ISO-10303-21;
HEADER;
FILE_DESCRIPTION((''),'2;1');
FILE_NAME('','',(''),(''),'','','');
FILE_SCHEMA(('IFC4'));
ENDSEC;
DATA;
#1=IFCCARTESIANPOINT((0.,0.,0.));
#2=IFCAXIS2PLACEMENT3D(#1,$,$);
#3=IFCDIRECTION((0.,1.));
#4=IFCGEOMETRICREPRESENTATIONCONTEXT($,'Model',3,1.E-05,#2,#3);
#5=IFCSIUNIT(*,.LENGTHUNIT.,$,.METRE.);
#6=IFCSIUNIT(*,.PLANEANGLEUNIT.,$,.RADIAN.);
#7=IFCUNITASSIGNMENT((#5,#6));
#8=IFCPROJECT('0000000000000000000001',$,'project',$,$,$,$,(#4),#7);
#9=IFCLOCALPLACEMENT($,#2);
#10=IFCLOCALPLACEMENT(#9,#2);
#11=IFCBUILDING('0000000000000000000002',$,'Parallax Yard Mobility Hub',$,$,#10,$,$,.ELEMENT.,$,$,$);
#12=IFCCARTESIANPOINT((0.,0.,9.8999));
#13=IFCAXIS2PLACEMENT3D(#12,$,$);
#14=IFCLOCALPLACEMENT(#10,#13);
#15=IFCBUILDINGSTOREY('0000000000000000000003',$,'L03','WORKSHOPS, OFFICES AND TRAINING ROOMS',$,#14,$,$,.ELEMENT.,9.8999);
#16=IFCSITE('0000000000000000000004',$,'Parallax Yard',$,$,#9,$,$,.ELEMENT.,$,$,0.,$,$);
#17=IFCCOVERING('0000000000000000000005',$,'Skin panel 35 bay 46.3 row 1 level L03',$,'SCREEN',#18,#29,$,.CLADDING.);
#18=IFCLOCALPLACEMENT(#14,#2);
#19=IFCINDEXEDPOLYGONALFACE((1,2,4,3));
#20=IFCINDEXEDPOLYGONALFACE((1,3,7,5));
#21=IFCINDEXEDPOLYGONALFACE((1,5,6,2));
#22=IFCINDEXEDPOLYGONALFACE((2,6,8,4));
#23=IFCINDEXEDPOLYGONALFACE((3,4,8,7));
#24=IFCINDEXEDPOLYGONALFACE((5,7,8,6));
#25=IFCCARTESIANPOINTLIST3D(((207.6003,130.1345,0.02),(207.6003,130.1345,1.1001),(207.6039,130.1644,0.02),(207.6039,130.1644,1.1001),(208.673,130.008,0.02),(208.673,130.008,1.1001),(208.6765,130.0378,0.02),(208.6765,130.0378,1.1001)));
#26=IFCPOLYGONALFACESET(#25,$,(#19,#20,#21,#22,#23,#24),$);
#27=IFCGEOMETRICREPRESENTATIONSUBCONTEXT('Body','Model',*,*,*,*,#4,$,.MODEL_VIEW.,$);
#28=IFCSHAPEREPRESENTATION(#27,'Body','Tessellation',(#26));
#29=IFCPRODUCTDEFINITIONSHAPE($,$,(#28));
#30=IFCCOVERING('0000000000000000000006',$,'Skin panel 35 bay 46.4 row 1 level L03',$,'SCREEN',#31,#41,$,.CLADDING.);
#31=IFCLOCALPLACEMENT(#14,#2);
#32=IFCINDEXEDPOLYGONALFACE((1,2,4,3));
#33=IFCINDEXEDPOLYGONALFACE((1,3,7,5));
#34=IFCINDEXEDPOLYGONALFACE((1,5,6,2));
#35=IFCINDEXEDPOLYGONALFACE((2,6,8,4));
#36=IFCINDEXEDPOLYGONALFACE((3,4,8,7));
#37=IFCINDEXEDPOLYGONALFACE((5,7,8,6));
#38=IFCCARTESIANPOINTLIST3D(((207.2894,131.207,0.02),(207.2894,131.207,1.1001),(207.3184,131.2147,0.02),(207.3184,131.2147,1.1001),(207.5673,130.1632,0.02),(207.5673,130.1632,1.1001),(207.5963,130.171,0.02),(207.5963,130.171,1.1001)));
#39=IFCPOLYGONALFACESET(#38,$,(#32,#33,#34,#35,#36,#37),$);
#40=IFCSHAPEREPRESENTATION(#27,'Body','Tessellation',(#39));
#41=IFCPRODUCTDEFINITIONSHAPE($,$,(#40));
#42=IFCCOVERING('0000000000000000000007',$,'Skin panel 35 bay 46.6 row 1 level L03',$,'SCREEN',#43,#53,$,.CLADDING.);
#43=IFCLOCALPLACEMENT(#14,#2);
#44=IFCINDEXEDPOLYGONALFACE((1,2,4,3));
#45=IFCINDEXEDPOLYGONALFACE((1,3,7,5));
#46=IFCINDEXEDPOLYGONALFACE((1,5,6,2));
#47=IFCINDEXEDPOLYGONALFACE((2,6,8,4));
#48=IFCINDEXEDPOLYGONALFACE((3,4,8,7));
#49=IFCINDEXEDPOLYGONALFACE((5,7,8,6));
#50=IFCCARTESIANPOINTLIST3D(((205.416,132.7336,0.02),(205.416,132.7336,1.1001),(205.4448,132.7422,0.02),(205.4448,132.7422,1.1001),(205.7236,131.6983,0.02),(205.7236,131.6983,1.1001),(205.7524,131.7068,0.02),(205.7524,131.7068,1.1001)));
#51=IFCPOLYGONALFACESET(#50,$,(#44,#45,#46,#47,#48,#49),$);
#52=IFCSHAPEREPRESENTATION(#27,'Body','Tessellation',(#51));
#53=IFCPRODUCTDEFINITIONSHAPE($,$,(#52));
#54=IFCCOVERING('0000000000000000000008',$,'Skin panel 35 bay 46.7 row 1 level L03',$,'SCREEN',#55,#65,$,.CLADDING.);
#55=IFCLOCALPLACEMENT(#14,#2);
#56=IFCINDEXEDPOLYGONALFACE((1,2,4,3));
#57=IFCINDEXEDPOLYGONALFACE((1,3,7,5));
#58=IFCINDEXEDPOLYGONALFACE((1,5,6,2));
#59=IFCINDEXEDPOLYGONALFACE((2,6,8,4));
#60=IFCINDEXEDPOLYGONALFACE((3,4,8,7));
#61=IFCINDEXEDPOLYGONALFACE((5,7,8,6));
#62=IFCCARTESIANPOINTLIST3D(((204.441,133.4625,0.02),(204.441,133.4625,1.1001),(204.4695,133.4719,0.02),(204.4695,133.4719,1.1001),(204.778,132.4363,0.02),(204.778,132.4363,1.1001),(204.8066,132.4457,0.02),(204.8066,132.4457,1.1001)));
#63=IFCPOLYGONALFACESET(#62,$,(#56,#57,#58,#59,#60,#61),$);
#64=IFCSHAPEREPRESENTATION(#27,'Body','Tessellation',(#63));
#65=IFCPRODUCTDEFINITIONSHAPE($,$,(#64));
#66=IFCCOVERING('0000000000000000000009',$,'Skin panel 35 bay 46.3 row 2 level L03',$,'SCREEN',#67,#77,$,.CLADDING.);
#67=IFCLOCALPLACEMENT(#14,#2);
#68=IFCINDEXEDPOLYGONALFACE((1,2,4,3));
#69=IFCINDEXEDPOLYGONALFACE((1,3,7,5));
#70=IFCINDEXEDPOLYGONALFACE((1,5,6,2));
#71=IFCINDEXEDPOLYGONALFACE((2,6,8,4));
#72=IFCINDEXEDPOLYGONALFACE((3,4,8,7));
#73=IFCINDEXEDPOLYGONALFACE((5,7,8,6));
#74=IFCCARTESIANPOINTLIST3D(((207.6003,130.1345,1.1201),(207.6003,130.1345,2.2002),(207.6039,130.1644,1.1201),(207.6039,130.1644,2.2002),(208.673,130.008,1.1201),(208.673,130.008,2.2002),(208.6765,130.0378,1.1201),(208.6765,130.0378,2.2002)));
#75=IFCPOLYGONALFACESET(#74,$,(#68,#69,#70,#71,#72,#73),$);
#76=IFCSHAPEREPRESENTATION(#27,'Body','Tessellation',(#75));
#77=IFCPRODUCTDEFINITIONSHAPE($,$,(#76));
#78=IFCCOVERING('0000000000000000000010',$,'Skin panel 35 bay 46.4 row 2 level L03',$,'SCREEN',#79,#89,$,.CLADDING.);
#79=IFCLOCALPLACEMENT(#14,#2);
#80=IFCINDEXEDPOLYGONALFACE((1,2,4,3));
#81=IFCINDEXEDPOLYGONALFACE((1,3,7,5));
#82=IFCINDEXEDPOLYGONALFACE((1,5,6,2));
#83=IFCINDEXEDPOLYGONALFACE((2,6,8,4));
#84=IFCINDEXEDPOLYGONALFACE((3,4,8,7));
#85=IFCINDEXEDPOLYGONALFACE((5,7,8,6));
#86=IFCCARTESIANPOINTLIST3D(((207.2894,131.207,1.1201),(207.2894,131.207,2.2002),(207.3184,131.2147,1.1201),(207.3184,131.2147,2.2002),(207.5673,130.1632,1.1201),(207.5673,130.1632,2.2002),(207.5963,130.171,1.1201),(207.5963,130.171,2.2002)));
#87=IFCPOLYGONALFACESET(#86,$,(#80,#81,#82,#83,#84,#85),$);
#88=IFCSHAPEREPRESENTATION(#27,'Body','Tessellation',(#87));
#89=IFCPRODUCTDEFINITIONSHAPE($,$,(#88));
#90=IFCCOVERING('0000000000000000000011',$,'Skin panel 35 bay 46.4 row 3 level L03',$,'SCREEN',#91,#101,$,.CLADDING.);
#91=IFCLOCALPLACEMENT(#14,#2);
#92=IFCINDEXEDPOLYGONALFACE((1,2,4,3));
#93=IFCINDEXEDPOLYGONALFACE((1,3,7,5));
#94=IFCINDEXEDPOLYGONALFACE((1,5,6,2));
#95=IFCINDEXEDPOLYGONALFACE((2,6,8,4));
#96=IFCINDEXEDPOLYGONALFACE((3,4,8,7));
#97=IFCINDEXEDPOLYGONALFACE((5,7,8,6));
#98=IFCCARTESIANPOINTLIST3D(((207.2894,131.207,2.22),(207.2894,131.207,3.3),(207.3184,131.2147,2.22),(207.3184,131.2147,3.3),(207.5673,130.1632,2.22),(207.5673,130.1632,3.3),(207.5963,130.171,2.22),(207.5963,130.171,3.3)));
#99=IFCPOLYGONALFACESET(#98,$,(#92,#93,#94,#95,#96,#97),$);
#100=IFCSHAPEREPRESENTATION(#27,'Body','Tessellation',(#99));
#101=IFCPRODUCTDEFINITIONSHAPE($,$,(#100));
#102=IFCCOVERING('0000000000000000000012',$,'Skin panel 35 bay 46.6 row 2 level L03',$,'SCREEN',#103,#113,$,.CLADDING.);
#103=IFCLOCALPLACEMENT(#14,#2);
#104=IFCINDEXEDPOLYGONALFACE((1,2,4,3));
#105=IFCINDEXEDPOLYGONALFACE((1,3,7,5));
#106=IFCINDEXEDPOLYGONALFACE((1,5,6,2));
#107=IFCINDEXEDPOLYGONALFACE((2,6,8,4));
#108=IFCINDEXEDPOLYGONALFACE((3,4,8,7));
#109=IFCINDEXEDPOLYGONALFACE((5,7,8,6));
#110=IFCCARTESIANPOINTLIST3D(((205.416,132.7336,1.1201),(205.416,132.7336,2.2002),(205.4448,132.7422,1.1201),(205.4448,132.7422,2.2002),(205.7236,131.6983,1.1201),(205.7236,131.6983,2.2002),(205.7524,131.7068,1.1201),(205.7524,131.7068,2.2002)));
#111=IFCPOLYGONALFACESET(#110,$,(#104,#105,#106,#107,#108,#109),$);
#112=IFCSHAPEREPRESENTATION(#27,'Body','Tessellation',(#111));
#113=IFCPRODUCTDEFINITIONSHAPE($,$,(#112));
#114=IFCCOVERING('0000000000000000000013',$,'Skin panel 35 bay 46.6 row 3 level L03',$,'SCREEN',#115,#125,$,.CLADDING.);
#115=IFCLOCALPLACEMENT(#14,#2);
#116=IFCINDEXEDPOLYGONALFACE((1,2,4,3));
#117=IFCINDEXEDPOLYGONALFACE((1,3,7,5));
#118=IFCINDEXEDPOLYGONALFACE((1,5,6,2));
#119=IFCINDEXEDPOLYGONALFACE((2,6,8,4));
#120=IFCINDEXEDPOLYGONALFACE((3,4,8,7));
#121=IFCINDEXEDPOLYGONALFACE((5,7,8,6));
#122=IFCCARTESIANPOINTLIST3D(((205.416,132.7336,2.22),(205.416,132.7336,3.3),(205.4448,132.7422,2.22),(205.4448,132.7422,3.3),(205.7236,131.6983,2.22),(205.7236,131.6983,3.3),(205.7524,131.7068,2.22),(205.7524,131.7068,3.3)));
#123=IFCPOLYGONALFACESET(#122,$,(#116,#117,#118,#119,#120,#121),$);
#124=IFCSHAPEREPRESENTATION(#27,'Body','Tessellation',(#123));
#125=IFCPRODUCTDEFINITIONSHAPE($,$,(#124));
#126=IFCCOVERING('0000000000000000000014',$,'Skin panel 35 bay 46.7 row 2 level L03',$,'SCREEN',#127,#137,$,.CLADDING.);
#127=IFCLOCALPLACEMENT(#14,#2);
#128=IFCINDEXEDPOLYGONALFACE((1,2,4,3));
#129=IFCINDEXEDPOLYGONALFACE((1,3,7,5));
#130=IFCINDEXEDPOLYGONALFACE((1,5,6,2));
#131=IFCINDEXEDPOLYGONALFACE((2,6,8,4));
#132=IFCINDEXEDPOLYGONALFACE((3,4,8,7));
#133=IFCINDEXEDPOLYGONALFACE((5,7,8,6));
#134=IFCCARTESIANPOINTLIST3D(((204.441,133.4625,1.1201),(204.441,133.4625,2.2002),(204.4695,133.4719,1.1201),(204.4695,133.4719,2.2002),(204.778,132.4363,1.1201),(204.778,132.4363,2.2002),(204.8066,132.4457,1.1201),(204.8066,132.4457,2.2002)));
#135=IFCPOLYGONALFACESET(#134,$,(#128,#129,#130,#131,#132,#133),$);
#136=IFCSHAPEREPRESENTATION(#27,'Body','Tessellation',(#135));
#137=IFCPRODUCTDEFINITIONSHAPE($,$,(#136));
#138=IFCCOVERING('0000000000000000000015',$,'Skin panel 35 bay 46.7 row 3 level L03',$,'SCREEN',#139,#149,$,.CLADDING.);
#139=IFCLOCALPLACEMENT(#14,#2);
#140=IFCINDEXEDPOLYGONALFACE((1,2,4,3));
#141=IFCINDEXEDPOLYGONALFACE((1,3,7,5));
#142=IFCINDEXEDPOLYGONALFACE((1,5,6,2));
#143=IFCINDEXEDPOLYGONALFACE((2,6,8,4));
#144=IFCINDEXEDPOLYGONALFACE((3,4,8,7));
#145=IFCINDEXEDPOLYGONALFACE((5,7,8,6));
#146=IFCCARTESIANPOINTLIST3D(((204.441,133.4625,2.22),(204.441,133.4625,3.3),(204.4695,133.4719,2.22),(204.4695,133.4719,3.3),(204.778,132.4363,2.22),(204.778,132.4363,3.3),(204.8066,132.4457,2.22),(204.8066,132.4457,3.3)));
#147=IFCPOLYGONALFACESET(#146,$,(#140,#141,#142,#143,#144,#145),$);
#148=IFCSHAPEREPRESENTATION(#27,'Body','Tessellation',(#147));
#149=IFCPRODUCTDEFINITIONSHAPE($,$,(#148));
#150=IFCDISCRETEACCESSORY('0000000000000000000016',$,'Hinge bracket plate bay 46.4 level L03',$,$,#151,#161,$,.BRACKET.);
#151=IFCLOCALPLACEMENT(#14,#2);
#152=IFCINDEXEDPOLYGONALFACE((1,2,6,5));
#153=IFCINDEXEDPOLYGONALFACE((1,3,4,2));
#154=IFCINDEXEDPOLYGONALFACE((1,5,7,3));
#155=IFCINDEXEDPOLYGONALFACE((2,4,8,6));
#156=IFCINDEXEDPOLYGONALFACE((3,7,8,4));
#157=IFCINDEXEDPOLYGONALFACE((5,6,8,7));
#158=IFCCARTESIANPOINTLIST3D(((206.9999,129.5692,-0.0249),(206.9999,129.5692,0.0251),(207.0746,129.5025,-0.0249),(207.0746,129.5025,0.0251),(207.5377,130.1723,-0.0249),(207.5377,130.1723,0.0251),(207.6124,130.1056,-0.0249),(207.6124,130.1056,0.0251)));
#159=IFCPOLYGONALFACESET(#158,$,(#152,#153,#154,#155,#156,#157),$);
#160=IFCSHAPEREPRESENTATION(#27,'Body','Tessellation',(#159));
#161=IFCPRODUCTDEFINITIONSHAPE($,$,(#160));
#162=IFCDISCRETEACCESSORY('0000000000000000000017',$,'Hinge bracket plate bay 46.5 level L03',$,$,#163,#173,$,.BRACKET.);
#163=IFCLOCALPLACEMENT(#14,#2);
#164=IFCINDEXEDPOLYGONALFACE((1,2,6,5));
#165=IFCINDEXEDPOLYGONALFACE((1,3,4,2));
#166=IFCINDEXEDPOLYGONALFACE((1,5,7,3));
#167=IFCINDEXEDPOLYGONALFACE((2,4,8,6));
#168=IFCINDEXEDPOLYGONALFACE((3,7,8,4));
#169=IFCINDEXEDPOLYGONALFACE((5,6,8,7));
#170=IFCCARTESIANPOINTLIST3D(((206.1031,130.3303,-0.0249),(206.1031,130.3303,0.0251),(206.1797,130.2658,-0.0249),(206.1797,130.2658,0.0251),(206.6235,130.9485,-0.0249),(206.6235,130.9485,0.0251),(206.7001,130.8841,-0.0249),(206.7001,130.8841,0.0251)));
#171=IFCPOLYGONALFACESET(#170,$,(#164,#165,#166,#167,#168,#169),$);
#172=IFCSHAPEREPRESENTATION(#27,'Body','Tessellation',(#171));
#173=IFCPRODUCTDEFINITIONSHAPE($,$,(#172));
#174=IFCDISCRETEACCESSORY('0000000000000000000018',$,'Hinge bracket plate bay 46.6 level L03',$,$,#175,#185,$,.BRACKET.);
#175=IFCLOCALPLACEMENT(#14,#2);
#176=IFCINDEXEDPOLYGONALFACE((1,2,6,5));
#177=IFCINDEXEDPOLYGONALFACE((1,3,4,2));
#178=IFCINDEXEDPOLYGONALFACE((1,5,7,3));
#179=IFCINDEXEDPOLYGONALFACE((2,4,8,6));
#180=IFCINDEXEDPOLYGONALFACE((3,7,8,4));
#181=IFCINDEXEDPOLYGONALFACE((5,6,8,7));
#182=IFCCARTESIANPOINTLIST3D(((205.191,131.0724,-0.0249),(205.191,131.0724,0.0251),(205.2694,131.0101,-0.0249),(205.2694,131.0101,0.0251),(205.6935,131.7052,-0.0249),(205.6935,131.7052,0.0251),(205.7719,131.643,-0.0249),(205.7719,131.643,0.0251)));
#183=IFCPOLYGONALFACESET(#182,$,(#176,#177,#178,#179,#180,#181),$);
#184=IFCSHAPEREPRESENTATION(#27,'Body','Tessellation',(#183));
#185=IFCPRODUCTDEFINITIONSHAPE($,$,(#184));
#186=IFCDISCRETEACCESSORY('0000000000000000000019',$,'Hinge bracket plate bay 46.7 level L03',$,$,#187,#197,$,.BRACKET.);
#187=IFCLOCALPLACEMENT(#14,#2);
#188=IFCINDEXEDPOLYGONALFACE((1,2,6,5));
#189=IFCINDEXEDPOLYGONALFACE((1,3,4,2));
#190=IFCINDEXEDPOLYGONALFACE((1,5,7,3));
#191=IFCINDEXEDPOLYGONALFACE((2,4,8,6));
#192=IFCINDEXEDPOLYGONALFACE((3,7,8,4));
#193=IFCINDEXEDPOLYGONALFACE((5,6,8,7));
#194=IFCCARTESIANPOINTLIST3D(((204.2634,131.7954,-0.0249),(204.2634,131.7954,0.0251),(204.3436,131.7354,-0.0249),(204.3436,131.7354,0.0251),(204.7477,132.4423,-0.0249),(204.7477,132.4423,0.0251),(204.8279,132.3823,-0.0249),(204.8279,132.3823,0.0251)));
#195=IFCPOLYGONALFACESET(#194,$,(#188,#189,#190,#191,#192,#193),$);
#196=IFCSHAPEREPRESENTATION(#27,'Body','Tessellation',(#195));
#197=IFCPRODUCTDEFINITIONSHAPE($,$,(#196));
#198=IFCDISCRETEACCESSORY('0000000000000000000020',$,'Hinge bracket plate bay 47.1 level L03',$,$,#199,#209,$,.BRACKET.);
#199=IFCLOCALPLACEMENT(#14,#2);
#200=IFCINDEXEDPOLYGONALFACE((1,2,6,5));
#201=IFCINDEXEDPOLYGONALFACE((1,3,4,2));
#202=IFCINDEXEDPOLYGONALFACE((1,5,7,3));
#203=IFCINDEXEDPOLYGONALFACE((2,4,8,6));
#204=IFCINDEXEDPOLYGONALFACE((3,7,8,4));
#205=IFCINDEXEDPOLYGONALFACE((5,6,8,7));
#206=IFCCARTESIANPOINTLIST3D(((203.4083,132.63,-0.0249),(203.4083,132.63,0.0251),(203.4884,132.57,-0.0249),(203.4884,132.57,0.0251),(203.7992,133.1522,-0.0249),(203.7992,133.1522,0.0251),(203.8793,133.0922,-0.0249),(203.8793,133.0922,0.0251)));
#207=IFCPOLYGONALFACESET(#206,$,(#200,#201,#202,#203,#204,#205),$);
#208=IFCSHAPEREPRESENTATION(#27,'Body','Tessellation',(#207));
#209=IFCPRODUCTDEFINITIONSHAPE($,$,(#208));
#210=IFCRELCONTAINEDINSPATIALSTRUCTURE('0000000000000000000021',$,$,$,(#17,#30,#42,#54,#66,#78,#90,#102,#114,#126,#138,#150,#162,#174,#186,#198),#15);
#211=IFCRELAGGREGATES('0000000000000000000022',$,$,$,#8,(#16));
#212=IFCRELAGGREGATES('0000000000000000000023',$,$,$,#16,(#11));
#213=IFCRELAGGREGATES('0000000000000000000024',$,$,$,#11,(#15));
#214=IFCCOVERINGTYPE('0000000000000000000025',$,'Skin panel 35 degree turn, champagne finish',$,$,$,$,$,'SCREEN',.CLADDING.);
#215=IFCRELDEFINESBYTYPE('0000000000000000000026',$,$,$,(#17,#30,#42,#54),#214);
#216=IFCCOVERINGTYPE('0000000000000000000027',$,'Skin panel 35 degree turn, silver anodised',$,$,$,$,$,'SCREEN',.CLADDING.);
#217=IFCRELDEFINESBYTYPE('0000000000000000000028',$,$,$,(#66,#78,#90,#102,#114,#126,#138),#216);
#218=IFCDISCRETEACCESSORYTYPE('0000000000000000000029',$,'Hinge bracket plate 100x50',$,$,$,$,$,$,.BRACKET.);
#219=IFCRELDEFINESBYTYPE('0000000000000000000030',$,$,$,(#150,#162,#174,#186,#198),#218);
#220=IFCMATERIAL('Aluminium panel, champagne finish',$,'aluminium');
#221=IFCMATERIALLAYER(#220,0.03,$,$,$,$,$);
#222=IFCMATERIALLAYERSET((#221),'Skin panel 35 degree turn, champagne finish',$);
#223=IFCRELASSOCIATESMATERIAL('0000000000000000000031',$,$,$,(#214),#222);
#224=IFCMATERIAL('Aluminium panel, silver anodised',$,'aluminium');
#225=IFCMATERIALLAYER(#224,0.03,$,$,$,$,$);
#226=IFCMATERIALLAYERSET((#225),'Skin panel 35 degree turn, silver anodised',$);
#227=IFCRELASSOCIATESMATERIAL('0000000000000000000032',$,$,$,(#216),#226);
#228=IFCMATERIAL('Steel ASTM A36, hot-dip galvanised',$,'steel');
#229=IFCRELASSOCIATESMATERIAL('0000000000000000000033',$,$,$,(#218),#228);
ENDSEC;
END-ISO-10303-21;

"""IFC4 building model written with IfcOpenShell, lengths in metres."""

from ifc_helpers import new_model, si_unit, direction, frame, origin, origin_2d, place, context, subcontext, project, spatial, rectangle, extrude, material, layer, layer_set, type_object, element, save


model = new_model("IFC4")

# Units and contexts
model_context = context("Model", 3, precision=1e-05, world=origin(), true_north=direction((0.0, 1.0)))
body_context = subcontext(model_context, "Body", "Model", "MODEL_VIEW")
ifc_project = project(units=[si_unit("LENGTHUNIT", "METRE"), si_unit("PLANEANGLEUNIT", "RADIAN")], contexts=[model_context])

# Site, building, storey
site_placement = place(None, origin())
site = spatial("IfcSite", under=ifc_project, at=site_placement, Name="Parallax Yard", CompositionType="ELEMENT", RefElevation=0.0)
building_placement = place(site_placement, origin())
building = spatial("IfcBuilding", under=site, at=building_placement, Name="Parallax Yard Mobility Hub", CompositionType="ELEMENT")
storey_placement = place(building_placement, frame((0.0, 0.0, 9.8999)))
storey = spatial("IfcBuildingStorey", under=building, at=storey_placement, Name="L03", Description="WORKSHOPS, OFFICES AND TRAINING ROOMS", CompositionType="ELEMENT", Elevation=9.8999)

# Coverings
ifc_material_1 = material(Name="Aluminium panel, champagne finish", Category="aluminium")
ifc_material_2 = material(Name="Aluminium panel, silver anodised", Category="aluminium")
ifc_layer_1 = layer(ifc_material_1, 0.03)
ifc_layer_set_1 = layer_set([ifc_layer_1], Name="Skin panel 35 degree turn, champagne finish")
covering_type_1 = type_object("IfcCoveringType", Name="Skin panel 35 degree turn, champagne finish", ElementType="SCREEN", PredefinedType="CLADDING", material=ifc_layer_set_1)
for number, where, z_axis, x_axis, name in (
    (1, (208.1384, 130.0862, 0.02), (0.0, 0.0, 1.0), (0.993115, -0.117144, 0.0), "Skin panel 35 bay 46.3 row 1 level L03"),
    (2, (207.4429, 130.689, 0.02), (0.0, 0.0, 1.0), (-0.257286, 0.966335, 0.0), "Skin panel 35 bay 46.4 row 1 level L03"),
    (3, (205.5842, 132.2202, 0.02), (0.0, 0.0, 1.0), (-0.284777, 0.958594, 0.0), "Skin panel 35 bay 46.6 row 1 level L03"),
    (4, (204.6238, 132.9541, 0.02), (0.0, 0.0, 1.0), (-0.312033, 0.950071, 0.0), "Skin panel 35 bay 46.7 row 1 level L03"),
):
    element("IfcCovering", number, at=place(storey_placement, frame(where, z_axis=z_axis, x_axis=x_axis)), inside=storey, type_object=covering_type_1, Name=name, ObjectType="SCREEN", PredefinedType="CLADDING", context=body_context, shape_type="SweptSolid", body=[
        extrude(rectangle(XDim=1.0801, YDim=0.03, at=origin_2d()), origin(), (0.0, 0.0, 1.0), 1.0801),
    ])
ifc_layer_2 = layer(ifc_material_2, 0.03)
ifc_layer_set_2 = layer_set([ifc_layer_2], Name="Skin panel 35 degree turn, silver anodised")
covering_type_2 = type_object("IfcCoveringType", Name="Skin panel 35 degree turn, silver anodised", ElementType="SCREEN", PredefinedType="CLADDING", material=ifc_layer_set_2)
for number, where, z_axis, x_axis, name in (
    (5, (208.1384, 130.0862, 1.1201), (0.0, 0.0, 1.0), (0.993115, -0.117144, 0.0), "Skin panel 35 bay 46.3 row 2 level L03"),
    (6, (207.4429, 130.689, 1.1201), (0.0, 0.0, 1.0), (-0.257286, 0.966335, 0.0), "Skin panel 35 bay 46.4 row 2 level L03"),
    (7, (207.4429, 130.689, 2.22), (0.0, 0.0, 1.0), (-0.257286, 0.966335, 0.0), "Skin panel 35 bay 46.4 row 3 level L03"),
    (8, (205.5842, 132.2202, 1.1201), (0.0, 0.0, 1.0), (-0.284777, 0.958594, 0.0), "Skin panel 35 bay 46.6 row 2 level L03"),
    (9, (205.5842, 132.2202, 2.22), (0.0, 0.0, 1.0), (-0.284777, 0.958594, 0.0), "Skin panel 35 bay 46.6 row 3 level L03"),
    (10, (204.6238, 132.9541, 1.1201), (0.0, 0.0, 1.0), (-0.312033, 0.950071, 0.0), "Skin panel 35 bay 46.7 row 2 level L03"),
    (11, (204.6238, 132.9541, 2.22), (0.0, 0.0, 1.0), (-0.312033, 0.950071, 0.0), "Skin panel 35 bay 46.7 row 3 level L03"),
):
    element("IfcCovering", number, at=place(storey_placement, frame(where, z_axis=z_axis, x_axis=x_axis)), inside=storey, type_object=covering_type_2, Name=name, ObjectType="SCREEN", PredefinedType="CLADDING", context=body_context, shape_type="SweptSolid", body=[
        extrude(rectangle(XDim=1.0801, YDim=0.03, at=origin_2d()), origin(), (0.0, 0.0, 1.0), 1.0801),
    ])

# Discrete accessories
ifc_material_3 = material(Name="Steel ASTM A36, hot-dip galvanised", Category="steel")
discrete_accessory_type_1 = type_object("IfcDiscreteAccessoryType", Name="Hinge bracket plate 100x50", PredefinedType="BRACKET", material=ifc_material_3)
for number, where, z_axis, x_axis, name in (
    (12, (207.3062, 129.8374, -0.0249), (0.0, 0.0, 1.0), (0.665586, 0.746321, 0.0), "Hinge bracket plate bay 46.4 level L03"),
    (13, (206.4016, 130.6072, -0.0249), (0.0, 0.0, 1.0), (0.644002, 0.765024, 0.0), "Hinge bracket plate bay 46.5 level L03"),
    (14, (205.4814, 131.3577, -0.0249), (0.0, 0.0, 1.0), (0.621893, 0.783102, 0.0), "Hinge bracket plate bay 46.6 level L03"),
    (15, (204.5457, 132.0889, -0.0249), (0.0, 0.0, 1.0), (0.599278, 0.800541, 0.0), "Hinge bracket plate bay 46.7 level L03"),
):
    element("IfcDiscreteAccessory", number, at=place(storey_placement, frame(where, z_axis=z_axis, x_axis=x_axis)), inside=storey, type_object=discrete_accessory_type_1, Name=name, PredefinedType="BRACKET", context=body_context, shape_type="SweptSolid", body=[
        extrude(rectangle(XDim=0.8081, YDim=0.1001, at=origin_2d()), origin(), (0.0, 0.0, 1.0), 0.05),
    ])
discrete_accessory_placement = place(storey_placement, frame((203.6438, 132.8611, -0.0249), z_axis=(0.0, 0.0, 1.0), x_axis=(0.599278, 0.800541, 0.0)))
element("IfcDiscreteAccessory", 16, at=discrete_accessory_placement, inside=storey, type_object=discrete_accessory_type_1, Name="Hinge bracket plate bay 47.1 level L03", PredefinedType="BRACKET", context=body_context, shape_type="SweptSolid", body=[
    extrude(rectangle(XDim=0.6523, YDim=0.1001, at=origin_2d()), origin(), (0.0, 0.0, 1.0), 0.05),
])

save(model, "model.ifc")
